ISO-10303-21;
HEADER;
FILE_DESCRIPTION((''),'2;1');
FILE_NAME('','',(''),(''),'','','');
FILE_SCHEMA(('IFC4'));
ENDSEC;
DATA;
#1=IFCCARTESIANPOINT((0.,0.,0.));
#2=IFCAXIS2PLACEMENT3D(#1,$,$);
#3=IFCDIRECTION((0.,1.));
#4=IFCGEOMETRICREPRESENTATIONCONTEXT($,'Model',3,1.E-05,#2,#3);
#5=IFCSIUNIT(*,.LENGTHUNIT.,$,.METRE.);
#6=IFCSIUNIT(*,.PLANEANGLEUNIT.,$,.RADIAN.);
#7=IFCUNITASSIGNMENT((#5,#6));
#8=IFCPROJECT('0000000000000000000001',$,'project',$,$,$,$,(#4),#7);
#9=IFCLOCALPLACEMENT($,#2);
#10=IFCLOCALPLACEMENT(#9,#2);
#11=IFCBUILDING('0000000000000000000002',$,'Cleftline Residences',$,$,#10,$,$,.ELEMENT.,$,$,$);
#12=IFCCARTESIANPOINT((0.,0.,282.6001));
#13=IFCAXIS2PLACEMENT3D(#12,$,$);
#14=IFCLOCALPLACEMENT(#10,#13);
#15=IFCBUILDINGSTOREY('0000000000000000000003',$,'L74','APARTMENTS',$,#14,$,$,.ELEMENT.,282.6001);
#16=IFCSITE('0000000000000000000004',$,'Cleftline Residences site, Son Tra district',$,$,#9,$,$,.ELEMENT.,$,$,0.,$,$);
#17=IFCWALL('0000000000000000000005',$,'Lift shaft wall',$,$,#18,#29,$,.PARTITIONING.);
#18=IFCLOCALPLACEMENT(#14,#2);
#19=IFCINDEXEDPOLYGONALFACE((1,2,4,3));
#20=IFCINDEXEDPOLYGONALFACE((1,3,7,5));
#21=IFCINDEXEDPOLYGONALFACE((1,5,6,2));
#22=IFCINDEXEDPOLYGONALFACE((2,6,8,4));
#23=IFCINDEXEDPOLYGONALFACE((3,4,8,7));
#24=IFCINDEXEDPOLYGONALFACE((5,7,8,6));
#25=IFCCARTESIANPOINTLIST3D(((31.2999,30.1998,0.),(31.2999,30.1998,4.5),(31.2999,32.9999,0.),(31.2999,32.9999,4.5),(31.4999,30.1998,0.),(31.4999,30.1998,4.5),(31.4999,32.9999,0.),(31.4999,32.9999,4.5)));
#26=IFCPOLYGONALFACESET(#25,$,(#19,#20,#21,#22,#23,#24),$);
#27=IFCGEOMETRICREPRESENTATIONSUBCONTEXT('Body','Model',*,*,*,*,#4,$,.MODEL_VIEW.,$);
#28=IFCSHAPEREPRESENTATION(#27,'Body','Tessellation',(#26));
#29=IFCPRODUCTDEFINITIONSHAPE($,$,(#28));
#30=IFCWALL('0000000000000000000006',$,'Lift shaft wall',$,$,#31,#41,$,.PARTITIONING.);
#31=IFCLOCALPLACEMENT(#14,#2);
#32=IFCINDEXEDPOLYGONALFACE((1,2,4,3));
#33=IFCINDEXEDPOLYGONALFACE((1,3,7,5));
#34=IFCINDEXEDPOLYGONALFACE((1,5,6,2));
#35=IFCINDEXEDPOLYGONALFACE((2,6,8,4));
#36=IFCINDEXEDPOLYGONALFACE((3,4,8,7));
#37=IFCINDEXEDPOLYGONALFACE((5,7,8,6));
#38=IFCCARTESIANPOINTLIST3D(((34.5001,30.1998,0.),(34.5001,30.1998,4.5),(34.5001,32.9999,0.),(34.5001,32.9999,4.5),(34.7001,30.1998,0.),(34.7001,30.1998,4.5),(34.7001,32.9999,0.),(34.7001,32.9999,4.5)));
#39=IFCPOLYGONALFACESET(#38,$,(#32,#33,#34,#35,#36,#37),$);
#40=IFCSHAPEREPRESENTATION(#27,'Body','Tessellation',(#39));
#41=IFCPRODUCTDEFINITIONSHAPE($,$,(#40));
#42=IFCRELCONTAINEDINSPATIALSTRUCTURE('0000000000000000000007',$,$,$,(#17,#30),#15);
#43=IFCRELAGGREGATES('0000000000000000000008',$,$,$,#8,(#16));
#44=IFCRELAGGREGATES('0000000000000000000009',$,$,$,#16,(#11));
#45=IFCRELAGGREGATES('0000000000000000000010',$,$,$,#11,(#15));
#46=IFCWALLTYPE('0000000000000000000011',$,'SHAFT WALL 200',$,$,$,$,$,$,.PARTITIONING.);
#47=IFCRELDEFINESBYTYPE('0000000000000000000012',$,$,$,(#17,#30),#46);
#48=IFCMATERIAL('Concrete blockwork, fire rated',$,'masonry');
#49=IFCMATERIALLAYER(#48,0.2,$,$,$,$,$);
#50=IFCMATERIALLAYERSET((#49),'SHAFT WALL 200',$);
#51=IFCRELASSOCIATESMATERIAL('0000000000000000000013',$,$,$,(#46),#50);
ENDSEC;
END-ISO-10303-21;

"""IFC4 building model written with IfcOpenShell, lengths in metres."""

from ifc_helpers import new_model, si_unit, direction, frame, frame_2d, origin, place, context, subcontext, project, spatial, rectangle, extrude, material, layer, layer_set, type_object, element, save


model = new_model("IFC4")

# Units and contexts
model_context = context("Model", 3, precision=1e-05, world=origin(), true_north=direction((0.0, 1.0)))
body_context = subcontext(model_context, "Body", "Model", "MODEL_VIEW")
ifc_project = project(units=[si_unit("LENGTHUNIT", "METRE"), si_unit("PLANEANGLEUNIT", "RADIAN")], contexts=[model_context])

# Site, building, storey
site_placement = place(None, origin())
site = spatial("IfcSite", under=ifc_project, at=site_placement, Name="Cleftline Residences site, Son Tra district", CompositionType="ELEMENT", RefElevation=0.0)
building_placement = place(site_placement, origin())
building = spatial("IfcBuilding", under=site, at=building_placement, Name="Cleftline Residences", CompositionType="ELEMENT")
storey_placement = place(building_placement, frame((0.0, 0.0, 282.6001)))
storey = spatial("IfcBuildingStorey", under=building, at=storey_placement, Name="L74", Description="APARTMENTS", CompositionType="ELEMENT", Elevation=282.6001)

# Walls
ifc_material_1 = material(Name="Concrete blockwork, fire rated", Category="masonry")
ifc_layer_1 = layer(ifc_material_1, 0.2)
ifc_layer_set_1 = layer_set([ifc_layer_1], Name="SHAFT WALL 200")
wall_type_1 = type_object("IfcWallType", Name="SHAFT WALL 200", PredefinedType="PARTITIONING", material=ifc_layer_set_1)
for number, where, z_axis, x_axis, name in (
    (1, (31.3999, 30.2, 0.0), (0.0, 0.0, 1.0), (0.0, 1.0, 0.0), "Lift shaft wall"),
    (2, (34.6001, 30.2, 0.0), (0.0, 0.0, 1.0), (0.0, 1.0, 0.0), "Lift shaft wall"),
):
    element("IfcWall", number, at=place(storey_placement, frame(where, z_axis=z_axis, x_axis=x_axis)), inside=storey, type_object=wall_type_1, Name=name, PredefinedType="PARTITIONING", context=body_context, shape_type="SweptSolid", body=[
        extrude(rectangle(XDim=2.8, YDim=0.2, at=frame_2d((1.3999, 0.0))), origin(), (0.0, 0.0, 1.0), 4.5),
    ])

save(model, "model.ifc")
